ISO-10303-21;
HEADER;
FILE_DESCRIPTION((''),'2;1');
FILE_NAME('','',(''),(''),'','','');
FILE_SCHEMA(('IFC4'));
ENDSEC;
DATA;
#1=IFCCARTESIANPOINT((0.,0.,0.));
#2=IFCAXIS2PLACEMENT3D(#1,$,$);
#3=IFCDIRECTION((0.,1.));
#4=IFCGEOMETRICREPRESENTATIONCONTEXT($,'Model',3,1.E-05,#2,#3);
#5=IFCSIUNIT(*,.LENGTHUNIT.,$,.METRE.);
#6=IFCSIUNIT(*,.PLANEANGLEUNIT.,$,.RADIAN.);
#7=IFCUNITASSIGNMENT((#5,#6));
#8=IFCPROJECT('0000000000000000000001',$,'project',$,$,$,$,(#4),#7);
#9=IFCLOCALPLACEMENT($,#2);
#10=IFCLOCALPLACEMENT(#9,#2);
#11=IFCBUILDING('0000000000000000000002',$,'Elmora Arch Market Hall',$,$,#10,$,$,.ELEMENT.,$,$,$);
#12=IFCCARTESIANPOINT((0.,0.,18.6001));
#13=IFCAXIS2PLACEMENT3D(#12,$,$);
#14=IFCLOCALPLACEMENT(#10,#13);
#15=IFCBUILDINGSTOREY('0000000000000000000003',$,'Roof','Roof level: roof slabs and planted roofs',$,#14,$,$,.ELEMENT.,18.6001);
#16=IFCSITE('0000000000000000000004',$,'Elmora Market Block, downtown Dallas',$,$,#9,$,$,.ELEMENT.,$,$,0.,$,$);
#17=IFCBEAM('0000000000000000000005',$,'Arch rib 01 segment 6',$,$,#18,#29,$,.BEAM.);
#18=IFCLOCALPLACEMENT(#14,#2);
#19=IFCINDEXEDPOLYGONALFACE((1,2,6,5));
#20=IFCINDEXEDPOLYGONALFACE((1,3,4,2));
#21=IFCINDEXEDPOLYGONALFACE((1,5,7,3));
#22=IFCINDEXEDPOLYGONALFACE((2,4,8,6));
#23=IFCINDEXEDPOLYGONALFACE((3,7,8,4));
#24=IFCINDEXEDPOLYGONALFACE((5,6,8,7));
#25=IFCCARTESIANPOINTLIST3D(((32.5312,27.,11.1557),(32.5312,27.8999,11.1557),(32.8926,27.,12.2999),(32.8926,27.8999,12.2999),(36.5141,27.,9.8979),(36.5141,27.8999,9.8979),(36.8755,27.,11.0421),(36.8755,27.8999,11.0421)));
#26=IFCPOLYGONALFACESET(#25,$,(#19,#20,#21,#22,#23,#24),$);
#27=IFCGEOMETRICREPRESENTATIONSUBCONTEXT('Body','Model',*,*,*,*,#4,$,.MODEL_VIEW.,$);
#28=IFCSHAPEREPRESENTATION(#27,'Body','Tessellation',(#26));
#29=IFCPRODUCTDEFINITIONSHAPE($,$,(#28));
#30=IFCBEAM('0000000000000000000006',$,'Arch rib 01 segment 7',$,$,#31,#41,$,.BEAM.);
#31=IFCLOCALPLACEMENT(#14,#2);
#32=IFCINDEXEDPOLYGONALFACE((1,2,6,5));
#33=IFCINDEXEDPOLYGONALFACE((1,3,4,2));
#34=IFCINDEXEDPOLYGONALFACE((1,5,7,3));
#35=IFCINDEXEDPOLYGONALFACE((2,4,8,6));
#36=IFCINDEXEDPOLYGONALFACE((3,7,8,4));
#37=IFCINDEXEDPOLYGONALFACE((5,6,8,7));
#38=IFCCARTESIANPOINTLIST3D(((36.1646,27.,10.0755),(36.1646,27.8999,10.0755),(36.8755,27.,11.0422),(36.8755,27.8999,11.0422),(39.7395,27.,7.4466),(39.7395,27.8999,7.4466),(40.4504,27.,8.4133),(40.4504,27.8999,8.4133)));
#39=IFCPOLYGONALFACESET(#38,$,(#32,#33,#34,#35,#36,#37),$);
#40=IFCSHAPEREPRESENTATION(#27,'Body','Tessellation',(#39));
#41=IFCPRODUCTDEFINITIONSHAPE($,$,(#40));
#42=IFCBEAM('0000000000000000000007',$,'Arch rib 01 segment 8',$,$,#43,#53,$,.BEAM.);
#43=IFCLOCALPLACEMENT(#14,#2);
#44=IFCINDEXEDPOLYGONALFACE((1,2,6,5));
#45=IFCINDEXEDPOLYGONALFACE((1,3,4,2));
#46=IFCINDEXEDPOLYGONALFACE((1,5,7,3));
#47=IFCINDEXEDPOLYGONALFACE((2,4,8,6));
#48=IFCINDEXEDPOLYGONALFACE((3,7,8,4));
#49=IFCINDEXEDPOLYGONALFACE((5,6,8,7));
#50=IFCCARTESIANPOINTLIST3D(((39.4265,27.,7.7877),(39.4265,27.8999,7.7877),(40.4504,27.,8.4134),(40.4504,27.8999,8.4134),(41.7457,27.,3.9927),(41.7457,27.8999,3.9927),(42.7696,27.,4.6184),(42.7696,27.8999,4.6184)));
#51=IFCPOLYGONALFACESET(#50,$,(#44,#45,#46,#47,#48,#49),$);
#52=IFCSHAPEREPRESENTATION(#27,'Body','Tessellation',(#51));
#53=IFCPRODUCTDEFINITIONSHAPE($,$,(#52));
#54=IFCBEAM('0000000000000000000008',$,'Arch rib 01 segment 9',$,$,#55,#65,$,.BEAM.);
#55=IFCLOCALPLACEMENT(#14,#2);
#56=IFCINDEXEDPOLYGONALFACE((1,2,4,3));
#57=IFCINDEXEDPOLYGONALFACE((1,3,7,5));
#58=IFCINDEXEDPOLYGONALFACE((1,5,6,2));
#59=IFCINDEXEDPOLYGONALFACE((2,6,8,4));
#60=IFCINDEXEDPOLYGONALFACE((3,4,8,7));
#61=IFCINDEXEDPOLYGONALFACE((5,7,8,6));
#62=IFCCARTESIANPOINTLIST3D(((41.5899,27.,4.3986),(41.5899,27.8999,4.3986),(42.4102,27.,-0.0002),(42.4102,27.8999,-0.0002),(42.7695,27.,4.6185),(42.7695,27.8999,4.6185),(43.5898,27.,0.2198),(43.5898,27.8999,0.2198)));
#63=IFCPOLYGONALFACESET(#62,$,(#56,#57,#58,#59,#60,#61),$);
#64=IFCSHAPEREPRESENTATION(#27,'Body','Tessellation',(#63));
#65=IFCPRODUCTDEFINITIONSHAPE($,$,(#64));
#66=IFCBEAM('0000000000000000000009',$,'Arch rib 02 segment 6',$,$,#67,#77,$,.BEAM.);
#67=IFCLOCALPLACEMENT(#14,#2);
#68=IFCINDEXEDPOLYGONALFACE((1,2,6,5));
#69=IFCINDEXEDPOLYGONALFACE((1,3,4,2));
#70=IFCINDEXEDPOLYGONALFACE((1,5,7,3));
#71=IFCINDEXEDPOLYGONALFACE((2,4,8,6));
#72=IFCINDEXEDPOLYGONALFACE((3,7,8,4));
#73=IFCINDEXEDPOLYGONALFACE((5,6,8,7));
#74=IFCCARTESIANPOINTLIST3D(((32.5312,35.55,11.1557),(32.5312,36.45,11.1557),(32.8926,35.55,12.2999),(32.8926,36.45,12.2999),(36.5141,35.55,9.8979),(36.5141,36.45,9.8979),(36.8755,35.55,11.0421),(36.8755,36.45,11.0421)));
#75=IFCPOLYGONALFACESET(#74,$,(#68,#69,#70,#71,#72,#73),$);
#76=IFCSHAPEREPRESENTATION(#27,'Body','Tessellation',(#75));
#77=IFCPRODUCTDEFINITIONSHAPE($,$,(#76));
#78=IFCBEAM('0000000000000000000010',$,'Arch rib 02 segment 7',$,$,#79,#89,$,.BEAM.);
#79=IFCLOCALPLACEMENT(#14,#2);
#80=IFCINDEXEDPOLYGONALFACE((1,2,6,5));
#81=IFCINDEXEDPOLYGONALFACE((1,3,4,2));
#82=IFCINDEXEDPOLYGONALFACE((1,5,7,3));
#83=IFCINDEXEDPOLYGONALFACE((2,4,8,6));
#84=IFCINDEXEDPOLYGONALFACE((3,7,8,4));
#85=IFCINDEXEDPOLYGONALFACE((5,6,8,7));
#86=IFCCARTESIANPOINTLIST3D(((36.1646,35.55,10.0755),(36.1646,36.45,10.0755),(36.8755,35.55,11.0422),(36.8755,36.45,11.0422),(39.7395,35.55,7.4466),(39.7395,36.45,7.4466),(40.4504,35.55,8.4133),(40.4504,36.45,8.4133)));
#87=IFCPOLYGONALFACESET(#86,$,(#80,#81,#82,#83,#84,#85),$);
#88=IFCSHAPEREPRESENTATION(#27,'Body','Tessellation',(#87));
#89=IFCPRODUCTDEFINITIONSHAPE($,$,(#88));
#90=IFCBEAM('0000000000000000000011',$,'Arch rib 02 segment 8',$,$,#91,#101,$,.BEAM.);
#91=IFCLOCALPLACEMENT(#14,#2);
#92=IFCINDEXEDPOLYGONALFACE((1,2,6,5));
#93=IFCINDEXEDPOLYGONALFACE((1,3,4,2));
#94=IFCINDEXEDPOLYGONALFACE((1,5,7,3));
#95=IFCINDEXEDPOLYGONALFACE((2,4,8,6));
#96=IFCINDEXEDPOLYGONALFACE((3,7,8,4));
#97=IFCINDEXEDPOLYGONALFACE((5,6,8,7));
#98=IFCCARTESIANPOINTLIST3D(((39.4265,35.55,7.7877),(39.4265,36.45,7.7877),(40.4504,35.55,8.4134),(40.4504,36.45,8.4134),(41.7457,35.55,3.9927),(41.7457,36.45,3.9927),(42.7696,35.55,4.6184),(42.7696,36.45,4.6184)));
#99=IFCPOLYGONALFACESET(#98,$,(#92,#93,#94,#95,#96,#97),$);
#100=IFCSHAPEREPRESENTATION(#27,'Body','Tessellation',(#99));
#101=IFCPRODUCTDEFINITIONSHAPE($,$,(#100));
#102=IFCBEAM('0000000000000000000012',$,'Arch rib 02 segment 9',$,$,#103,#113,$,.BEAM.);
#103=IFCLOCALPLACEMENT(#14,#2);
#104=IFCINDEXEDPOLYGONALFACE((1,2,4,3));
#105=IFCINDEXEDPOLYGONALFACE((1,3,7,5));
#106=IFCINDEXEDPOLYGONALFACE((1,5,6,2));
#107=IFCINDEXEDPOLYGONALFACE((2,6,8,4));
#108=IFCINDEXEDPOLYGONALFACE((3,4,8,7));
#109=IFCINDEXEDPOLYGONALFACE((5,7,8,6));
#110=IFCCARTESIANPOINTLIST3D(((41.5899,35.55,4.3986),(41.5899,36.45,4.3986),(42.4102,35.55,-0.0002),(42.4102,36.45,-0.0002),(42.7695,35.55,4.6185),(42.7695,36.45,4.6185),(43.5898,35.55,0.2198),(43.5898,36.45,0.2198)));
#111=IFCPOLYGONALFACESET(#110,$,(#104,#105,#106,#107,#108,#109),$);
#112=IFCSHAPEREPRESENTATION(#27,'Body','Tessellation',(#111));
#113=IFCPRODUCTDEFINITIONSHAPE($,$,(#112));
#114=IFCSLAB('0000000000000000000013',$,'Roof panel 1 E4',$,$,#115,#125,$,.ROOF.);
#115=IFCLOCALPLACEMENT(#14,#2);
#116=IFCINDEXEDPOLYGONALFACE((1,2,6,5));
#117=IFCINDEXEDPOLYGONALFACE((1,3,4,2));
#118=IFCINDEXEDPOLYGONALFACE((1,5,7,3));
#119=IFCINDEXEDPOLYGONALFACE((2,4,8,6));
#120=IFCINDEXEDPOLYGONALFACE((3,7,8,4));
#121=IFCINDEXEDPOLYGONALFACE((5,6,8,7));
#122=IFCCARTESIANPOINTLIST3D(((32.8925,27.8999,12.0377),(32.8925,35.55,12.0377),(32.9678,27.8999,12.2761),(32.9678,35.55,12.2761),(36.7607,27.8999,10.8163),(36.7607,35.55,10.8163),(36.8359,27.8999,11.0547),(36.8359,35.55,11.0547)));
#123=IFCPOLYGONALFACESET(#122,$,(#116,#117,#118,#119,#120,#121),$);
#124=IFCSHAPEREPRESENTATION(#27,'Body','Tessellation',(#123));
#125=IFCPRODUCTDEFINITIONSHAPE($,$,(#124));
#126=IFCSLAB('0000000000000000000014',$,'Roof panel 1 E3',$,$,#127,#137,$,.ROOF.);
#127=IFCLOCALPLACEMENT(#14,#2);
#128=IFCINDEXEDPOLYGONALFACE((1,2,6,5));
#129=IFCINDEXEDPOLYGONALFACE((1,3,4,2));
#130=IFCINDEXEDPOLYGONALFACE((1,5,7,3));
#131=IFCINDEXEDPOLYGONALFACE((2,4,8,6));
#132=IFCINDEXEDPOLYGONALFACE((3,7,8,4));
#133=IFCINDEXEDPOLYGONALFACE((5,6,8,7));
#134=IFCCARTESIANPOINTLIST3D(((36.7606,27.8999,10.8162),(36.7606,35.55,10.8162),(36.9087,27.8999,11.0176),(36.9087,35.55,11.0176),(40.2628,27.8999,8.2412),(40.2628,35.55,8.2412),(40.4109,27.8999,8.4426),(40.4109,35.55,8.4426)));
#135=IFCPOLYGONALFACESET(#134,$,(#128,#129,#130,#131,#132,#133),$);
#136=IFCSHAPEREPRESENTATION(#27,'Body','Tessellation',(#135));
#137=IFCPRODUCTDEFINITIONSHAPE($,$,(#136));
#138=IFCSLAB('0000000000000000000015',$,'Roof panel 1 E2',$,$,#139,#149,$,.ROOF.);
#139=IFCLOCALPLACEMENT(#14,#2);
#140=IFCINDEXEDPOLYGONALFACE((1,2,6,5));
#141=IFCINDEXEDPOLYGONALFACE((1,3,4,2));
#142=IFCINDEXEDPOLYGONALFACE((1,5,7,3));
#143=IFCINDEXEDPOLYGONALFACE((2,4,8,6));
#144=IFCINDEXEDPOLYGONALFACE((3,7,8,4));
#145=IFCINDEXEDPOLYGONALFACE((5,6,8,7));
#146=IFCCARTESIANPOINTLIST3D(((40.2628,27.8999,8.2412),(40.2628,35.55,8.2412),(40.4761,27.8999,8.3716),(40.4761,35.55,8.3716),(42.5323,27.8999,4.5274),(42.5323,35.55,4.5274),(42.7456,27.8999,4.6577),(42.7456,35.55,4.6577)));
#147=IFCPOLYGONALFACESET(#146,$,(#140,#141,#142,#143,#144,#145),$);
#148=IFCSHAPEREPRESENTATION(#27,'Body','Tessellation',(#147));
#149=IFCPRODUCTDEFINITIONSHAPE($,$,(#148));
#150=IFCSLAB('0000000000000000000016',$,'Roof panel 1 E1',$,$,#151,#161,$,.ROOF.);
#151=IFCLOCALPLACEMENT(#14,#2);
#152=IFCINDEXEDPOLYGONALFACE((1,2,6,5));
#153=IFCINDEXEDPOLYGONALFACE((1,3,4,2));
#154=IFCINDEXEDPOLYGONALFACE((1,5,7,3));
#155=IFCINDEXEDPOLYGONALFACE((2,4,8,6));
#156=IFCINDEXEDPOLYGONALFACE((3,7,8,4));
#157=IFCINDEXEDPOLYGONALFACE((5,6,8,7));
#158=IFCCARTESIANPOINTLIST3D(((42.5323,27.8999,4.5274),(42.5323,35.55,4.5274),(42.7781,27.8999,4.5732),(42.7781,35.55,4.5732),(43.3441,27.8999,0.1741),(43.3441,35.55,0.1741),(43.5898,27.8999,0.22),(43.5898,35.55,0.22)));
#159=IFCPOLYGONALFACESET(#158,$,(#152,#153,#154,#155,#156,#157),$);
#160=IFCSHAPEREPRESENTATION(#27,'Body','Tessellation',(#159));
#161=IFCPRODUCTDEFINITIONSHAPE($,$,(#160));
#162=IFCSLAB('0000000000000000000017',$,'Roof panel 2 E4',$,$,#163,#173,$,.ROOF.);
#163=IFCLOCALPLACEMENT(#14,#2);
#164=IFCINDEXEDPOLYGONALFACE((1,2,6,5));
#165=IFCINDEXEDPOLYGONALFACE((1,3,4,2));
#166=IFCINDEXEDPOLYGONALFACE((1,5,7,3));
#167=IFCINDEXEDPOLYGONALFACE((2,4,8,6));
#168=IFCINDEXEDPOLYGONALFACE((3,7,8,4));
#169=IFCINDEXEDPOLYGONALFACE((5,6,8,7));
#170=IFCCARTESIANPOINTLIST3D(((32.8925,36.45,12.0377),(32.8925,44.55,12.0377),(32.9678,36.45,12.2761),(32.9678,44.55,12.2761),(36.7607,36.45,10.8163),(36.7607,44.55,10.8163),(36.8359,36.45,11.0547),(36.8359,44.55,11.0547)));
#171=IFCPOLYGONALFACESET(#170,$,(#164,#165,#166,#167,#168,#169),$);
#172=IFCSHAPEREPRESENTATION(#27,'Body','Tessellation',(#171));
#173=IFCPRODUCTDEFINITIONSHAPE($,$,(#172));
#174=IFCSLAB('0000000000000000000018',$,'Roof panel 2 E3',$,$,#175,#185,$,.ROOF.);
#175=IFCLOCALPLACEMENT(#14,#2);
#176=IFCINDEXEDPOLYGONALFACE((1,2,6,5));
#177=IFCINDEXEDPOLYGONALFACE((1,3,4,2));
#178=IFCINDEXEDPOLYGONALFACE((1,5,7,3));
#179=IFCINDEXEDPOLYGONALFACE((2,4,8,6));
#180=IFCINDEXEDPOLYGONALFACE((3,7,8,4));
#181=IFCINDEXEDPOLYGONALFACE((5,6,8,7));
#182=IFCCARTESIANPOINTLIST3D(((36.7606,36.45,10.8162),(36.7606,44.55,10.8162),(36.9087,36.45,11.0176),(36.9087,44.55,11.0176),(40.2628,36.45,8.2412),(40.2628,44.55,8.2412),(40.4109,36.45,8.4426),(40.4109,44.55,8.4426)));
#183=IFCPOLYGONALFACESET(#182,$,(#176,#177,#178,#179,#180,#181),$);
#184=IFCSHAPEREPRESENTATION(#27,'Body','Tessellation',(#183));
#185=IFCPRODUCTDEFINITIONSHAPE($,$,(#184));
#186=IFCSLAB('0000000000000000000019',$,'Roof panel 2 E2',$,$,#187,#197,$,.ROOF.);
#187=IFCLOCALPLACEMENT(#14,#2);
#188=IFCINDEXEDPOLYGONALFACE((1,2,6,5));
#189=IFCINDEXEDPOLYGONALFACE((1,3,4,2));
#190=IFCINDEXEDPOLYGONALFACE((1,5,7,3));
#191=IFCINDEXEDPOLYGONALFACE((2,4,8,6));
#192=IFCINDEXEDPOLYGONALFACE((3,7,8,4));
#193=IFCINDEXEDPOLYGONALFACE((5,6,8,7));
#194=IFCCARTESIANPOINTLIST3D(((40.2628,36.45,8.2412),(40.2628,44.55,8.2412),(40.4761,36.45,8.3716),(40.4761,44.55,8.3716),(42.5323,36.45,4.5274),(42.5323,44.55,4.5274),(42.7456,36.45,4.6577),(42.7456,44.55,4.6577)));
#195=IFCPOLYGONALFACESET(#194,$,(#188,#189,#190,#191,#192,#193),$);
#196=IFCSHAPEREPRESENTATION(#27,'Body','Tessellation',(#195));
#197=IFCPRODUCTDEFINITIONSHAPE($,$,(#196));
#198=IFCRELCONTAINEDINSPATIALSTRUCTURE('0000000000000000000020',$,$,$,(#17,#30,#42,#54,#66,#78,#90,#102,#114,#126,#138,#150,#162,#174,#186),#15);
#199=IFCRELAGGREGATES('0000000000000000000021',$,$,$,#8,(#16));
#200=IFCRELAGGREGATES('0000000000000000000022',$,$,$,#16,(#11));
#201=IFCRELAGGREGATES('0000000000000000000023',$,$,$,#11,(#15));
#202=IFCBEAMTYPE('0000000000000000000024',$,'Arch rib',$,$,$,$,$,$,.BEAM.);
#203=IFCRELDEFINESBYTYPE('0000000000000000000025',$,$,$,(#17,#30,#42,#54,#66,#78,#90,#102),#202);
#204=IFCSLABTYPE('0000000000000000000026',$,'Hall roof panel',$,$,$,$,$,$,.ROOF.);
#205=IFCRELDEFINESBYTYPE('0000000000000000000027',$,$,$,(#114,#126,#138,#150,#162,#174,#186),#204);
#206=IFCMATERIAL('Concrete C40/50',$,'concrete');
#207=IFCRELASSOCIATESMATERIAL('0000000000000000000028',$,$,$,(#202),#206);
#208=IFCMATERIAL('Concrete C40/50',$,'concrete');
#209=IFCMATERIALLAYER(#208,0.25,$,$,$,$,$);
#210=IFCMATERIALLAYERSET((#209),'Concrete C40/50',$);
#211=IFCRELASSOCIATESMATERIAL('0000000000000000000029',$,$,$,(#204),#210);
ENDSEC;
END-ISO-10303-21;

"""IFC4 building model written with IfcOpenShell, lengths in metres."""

from ifc_helpers import new_model, si_unit, direction, frame, origin, origin_2d, place, context, subcontext, project, spatial, polyline, rectangle, outline, extrude, material, layer, layer_set, material_profile, profile_set, type_object, element, save


model = new_model("IFC4")

# Units and contexts
model_context = context("Model", 3, precision=1e-05, world=origin(), true_north=direction((0.0, 1.0)))
body_context = subcontext(model_context, "Body", "Model", "MODEL_VIEW")
ifc_project = project(units=[si_unit("LENGTHUNIT", "METRE"), si_unit("PLANEANGLEUNIT", "RADIAN")], contexts=[model_context])

# Site, building, storey
site_placement = place(None, origin())
site = spatial("IfcSite", under=ifc_project, at=site_placement, Name="Elmora Market Block, downtown Dallas", CompositionType="ELEMENT", RefElevation=0.0)
building_placement = place(site_placement, origin())
building = spatial("IfcBuilding", under=site, at=building_placement, Name="Elmora Arch Market Hall", CompositionType="ELEMENT")
storey_placement = place(building_placement, frame((0.0, 0.0, 18.6001)))
storey = spatial("IfcBuildingStorey", under=building, at=storey_placement, Name="Roof", Description="Roof level: roof slabs and planted roofs", CompositionType="ELEMENT", Elevation=18.6001)

# Beams
ifc_material_1 = material(Name="Concrete C40/50", Category="concrete")
ifc_material_profile = material_profile(ifc_material_1, rectangle(XDim=0.8999, YDim=1.2, at=origin_2d()), Name="Arch rib")
ifc_profile_set = profile_set([ifc_material_profile], Name="Concrete C40/50")
beam_type = type_object("IfcBeamType", Name="Arch rib", PredefinedType="BEAM", material=ifc_profile_set)
beam_1_placement = place(storey_placement, frame((32.7119, 27.45, 11.7278), z_axis=(0.953579, 0.0, -0.301143), x_axis=(0.0, 1.0, 0.0)))
element("IfcBeam", 1, at=beam_1_placement, inside=storey, type_object=beam_type, Name="Arch rib 01 segment 6", PredefinedType="BEAM", context=body_context, shape_type="SweptSolid", body=[
    extrude(rectangle(XDim=0.8999, YDim=1.2, at=origin_2d()), origin(), (0.0, 0.0, 1.0), 4.1768),
])
beam_2_placement = place(storey_placement, frame((36.52, 27.45, 10.5588), z_axis=(0.805622, 0.0, -0.592429), x_axis=(0.0, 1.0, 0.0)))
element("IfcBeam", 2, at=beam_2_placement, inside=storey, type_object=beam_type, Name="Arch rib 01 segment 7", PredefinedType="BEAM", context=body_context, shape_type="SweptSolid", body=[
    extrude(rectangle(XDim=0.8999, YDim=1.2, at=origin_2d()), origin(), (0.0, 0.0, 1.0), 4.4375),
])
beam_3_placement = place(storey_placement, frame((39.9385, 27.45, 8.1006), z_axis=(0.521446, 0.0, -0.853285), x_axis=(0.0, 1.0, 0.0)))
element("IfcBeam", 3, at=beam_3_placement, inside=storey, type_object=beam_type, Name="Arch rib 01 segment 8", PredefinedType="BEAM", context=body_context, shape_type="SweptSolid", body=[
    extrude(rectangle(XDim=0.8999, YDim=1.2, at=origin_2d()), origin(), (0.0, 0.0, 1.0), 4.4475),
])
beam_4_placement = place(storey_placement, frame((42.1797, 27.45, 4.5085), z_axis=(0.18333, 0.0, -0.983051), x_axis=(0.0, 1.0, 0.0)))
element("IfcBeam", 4, at=beam_4_placement, inside=storey, type_object=beam_type, Name="Arch rib 01 segment 9", PredefinedType="BEAM", context=body_context, shape_type="SweptSolid", body=[
    extrude(rectangle(XDim=0.8999, YDim=1.2, at=origin_2d()), origin(), (0.0, 0.0, 1.0), 4.4746),
])
beam_5_placement = place(storey_placement, frame((32.7119, 36.0, 11.7278), z_axis=(0.953579, 0.0, -0.301143), x_axis=(0.0, 1.0, 0.0)))
element("IfcBeam", 5, at=beam_5_placement, inside=storey, type_object=beam_type, Name="Arch rib 02 segment 6", PredefinedType="BEAM", context=body_context, shape_type="SweptSolid", body=[
    extrude(rectangle(XDim=0.8999, YDim=1.2, at=origin_2d()), origin(), (0.0, 0.0, 1.0), 4.1768),
])
beam_6_placement = place(storey_placement, frame((36.52, 36.0, 10.5588), z_axis=(0.805622, 0.0, -0.592429), x_axis=(0.0, 1.0, 0.0)))
element("IfcBeam", 6, at=beam_6_placement, inside=storey, type_object=beam_type, Name="Arch rib 02 segment 7", PredefinedType="BEAM", context=body_context, shape_type="SweptSolid", body=[
    extrude(rectangle(XDim=0.8999, YDim=1.2, at=origin_2d()), origin(), (0.0, 0.0, 1.0), 4.4375),
])
beam_7_placement = place(storey_placement, frame((39.9385, 36.0, 8.1006), z_axis=(0.521446, 0.0, -0.853285), x_axis=(0.0, 1.0, 0.0)))
element("IfcBeam", 7, at=beam_7_placement, inside=storey, type_object=beam_type, Name="Arch rib 02 segment 8", PredefinedType="BEAM", context=body_context, shape_type="SweptSolid", body=[
    extrude(rectangle(XDim=0.8999, YDim=1.2, at=origin_2d()), origin(), (0.0, 0.0, 1.0), 4.4475),
])
beam_8_placement = place(storey_placement, frame((42.1797, 36.0, 4.5085), z_axis=(0.18333, 0.0, -0.983051), x_axis=(0.0, 1.0, 0.0)))
element("IfcBeam", 8, at=beam_8_placement, inside=storey, type_object=beam_type, Name="Arch rib 02 segment 9", PredefinedType="BEAM", context=body_context, shape_type="SweptSolid", body=[
    extrude(rectangle(XDim=0.8999, YDim=1.2, at=origin_2d()), origin(), (0.0, 0.0, 1.0), 4.4746),
])

# Slabs
ifc_material_2 = material(Name="Concrete C40/50", Category="concrete")
ifc_layer_1 = layer(ifc_material_2, 0.25)
ifc_layer_set_1 = layer_set([ifc_layer_1], Name="Concrete C40/50")
slab_type = type_object("IfcSlabType", Name="Hall roof panel", PredefinedType="ROOF", material=ifc_layer_set_1)
slab_1_placement = place(storey_placement, frame((32.9678, 27.8999, 12.2761), z_axis=(0.301111, 0.0, 0.953589), x_axis=(0.0, 1.0, 0.0)))
element("IfcSlab", 9, at=slab_1_placement, inside=storey, type_object=slab_type, Name="Roof panel 1 E4", PredefinedType="ROOF", context=body_context, shape_type="SweptSolid", body=[
    extrude(outline(polyline([(0.0, 0.0), (7.6501, 0.0), (7.6501, -4.0564), (0.0, -4.0564), (0.0, 0.0)])), origin(), (0.0, 0.0, -1.0), 0.25),
])
slab_2_placement = place(storey_placement, frame((36.9087, 27.8999, 11.0176), z_axis=(0.592362, 0.0, 0.805672), x_axis=(0.0, 1.0, 0.0)))
element("IfcSlab", 10, at=slab_2_placement, inside=storey, type_object=slab_type, Name="Roof panel 1 E3", PredefinedType="ROOF", context=body_context, shape_type="SweptSolid", body=[
    extrude(outline(polyline([(0.0, 0.0), (7.6501, 0.0), (7.6501, -4.3469), (0.0, -4.3469), (0.0, 0.0)])), origin(), (0.0, 0.0, -1.0), 0.25),
])
slab_3_placement = place(storey_placement, frame((40.4761, 27.8999, 8.3716), z_axis=(0.853287, 0.0, 0.521441), x_axis=(0.0, 1.0, 0.0)))
element("IfcSlab", 11, at=slab_3_placement, inside=storey, type_object=slab_type, Name="Roof panel 1 E2", PredefinedType="ROOF", context=body_context, shape_type="SweptSolid", body=[
    extrude(outline(polyline([(0.0, 0.0), (7.6501, 0.0), (7.6501, -4.3524), (0.0, -4.3524), (0.0, 0.0)])), origin(), (0.0, 0.0, -1.0), 0.25),
])
slab_4_placement = place(storey_placement, frame((42.7781, 27.8999, 4.5732), z_axis=(0.983055, 0.0, 0.183313), x_axis=(0.0, 1.0, 0.0)))
element("IfcSlab", 12, at=slab_4_placement, inside=storey, type_object=slab_type, Name="Roof panel 1 E1", PredefinedType="ROOF", context=body_context, shape_type="SweptSolid", body=[
    extrude(outline(polyline([(0.0, 0.0), (7.6501, 0.0), (7.6501, -4.4283), (0.0, -4.4283), (0.0, 0.0)])), origin(), (0.0, 0.0, -1.0), 0.25),
])
slab_5_placement = place(storey_placement, frame((32.9678, 36.45, 12.2761), z_axis=(0.301111, 0.0, 0.953589), x_axis=(0.0, 1.0, 0.0)))
element("IfcSlab", 13, at=slab_5_placement, inside=storey, type_object=slab_type, Name="Roof panel 2 E4", PredefinedType="ROOF", context=body_context, shape_type="SweptSolid", body=[
    extrude(outline(polyline([(0.0, 0.0), (8.1001, 0.0), (8.1001, -4.0564), (0.0, -4.0564), (0.0, 0.0)])), origin(), (0.0, 0.0, -1.0), 0.25),
])
slab_6_placement = place(storey_placement, frame((36.9087, 36.45, 11.0176), z_axis=(0.592362, 0.0, 0.805672), x_axis=(0.0, 1.0, 0.0)))
element("IfcSlab", 14, at=slab_6_placement, inside=storey, type_object=slab_type, Name="Roof panel 2 E3", PredefinedType="ROOF", context=body_context, shape_type="SweptSolid", body=[
    extrude(outline(polyline([(0.0, 0.0), (8.1001, 0.0), (8.1001, -4.3469), (0.0, -4.3469), (0.0, 0.0)])), origin(), (0.0, 0.0, -1.0), 0.25),
])
slab_7_placement = place(storey_placement, frame((40.4761, 36.45, 8.3716), z_axis=(0.853287, 0.0, 0.521441), x_axis=(0.0, 1.0, 0.0)))
element("IfcSlab", 15, at=slab_7_placement, inside=storey, type_object=slab_type, Name="Roof panel 2 E2", PredefinedType="ROOF", context=body_context, shape_type="SweptSolid", body=[
    extrude(outline(polyline([(0.0, 0.0), (8.1001, 0.0), (8.1001, -4.3524), (0.0, -4.3524), (0.0, 0.0)])), origin(), (0.0, 0.0, -1.0), 0.25),
])

save(model, "model.ifc")
